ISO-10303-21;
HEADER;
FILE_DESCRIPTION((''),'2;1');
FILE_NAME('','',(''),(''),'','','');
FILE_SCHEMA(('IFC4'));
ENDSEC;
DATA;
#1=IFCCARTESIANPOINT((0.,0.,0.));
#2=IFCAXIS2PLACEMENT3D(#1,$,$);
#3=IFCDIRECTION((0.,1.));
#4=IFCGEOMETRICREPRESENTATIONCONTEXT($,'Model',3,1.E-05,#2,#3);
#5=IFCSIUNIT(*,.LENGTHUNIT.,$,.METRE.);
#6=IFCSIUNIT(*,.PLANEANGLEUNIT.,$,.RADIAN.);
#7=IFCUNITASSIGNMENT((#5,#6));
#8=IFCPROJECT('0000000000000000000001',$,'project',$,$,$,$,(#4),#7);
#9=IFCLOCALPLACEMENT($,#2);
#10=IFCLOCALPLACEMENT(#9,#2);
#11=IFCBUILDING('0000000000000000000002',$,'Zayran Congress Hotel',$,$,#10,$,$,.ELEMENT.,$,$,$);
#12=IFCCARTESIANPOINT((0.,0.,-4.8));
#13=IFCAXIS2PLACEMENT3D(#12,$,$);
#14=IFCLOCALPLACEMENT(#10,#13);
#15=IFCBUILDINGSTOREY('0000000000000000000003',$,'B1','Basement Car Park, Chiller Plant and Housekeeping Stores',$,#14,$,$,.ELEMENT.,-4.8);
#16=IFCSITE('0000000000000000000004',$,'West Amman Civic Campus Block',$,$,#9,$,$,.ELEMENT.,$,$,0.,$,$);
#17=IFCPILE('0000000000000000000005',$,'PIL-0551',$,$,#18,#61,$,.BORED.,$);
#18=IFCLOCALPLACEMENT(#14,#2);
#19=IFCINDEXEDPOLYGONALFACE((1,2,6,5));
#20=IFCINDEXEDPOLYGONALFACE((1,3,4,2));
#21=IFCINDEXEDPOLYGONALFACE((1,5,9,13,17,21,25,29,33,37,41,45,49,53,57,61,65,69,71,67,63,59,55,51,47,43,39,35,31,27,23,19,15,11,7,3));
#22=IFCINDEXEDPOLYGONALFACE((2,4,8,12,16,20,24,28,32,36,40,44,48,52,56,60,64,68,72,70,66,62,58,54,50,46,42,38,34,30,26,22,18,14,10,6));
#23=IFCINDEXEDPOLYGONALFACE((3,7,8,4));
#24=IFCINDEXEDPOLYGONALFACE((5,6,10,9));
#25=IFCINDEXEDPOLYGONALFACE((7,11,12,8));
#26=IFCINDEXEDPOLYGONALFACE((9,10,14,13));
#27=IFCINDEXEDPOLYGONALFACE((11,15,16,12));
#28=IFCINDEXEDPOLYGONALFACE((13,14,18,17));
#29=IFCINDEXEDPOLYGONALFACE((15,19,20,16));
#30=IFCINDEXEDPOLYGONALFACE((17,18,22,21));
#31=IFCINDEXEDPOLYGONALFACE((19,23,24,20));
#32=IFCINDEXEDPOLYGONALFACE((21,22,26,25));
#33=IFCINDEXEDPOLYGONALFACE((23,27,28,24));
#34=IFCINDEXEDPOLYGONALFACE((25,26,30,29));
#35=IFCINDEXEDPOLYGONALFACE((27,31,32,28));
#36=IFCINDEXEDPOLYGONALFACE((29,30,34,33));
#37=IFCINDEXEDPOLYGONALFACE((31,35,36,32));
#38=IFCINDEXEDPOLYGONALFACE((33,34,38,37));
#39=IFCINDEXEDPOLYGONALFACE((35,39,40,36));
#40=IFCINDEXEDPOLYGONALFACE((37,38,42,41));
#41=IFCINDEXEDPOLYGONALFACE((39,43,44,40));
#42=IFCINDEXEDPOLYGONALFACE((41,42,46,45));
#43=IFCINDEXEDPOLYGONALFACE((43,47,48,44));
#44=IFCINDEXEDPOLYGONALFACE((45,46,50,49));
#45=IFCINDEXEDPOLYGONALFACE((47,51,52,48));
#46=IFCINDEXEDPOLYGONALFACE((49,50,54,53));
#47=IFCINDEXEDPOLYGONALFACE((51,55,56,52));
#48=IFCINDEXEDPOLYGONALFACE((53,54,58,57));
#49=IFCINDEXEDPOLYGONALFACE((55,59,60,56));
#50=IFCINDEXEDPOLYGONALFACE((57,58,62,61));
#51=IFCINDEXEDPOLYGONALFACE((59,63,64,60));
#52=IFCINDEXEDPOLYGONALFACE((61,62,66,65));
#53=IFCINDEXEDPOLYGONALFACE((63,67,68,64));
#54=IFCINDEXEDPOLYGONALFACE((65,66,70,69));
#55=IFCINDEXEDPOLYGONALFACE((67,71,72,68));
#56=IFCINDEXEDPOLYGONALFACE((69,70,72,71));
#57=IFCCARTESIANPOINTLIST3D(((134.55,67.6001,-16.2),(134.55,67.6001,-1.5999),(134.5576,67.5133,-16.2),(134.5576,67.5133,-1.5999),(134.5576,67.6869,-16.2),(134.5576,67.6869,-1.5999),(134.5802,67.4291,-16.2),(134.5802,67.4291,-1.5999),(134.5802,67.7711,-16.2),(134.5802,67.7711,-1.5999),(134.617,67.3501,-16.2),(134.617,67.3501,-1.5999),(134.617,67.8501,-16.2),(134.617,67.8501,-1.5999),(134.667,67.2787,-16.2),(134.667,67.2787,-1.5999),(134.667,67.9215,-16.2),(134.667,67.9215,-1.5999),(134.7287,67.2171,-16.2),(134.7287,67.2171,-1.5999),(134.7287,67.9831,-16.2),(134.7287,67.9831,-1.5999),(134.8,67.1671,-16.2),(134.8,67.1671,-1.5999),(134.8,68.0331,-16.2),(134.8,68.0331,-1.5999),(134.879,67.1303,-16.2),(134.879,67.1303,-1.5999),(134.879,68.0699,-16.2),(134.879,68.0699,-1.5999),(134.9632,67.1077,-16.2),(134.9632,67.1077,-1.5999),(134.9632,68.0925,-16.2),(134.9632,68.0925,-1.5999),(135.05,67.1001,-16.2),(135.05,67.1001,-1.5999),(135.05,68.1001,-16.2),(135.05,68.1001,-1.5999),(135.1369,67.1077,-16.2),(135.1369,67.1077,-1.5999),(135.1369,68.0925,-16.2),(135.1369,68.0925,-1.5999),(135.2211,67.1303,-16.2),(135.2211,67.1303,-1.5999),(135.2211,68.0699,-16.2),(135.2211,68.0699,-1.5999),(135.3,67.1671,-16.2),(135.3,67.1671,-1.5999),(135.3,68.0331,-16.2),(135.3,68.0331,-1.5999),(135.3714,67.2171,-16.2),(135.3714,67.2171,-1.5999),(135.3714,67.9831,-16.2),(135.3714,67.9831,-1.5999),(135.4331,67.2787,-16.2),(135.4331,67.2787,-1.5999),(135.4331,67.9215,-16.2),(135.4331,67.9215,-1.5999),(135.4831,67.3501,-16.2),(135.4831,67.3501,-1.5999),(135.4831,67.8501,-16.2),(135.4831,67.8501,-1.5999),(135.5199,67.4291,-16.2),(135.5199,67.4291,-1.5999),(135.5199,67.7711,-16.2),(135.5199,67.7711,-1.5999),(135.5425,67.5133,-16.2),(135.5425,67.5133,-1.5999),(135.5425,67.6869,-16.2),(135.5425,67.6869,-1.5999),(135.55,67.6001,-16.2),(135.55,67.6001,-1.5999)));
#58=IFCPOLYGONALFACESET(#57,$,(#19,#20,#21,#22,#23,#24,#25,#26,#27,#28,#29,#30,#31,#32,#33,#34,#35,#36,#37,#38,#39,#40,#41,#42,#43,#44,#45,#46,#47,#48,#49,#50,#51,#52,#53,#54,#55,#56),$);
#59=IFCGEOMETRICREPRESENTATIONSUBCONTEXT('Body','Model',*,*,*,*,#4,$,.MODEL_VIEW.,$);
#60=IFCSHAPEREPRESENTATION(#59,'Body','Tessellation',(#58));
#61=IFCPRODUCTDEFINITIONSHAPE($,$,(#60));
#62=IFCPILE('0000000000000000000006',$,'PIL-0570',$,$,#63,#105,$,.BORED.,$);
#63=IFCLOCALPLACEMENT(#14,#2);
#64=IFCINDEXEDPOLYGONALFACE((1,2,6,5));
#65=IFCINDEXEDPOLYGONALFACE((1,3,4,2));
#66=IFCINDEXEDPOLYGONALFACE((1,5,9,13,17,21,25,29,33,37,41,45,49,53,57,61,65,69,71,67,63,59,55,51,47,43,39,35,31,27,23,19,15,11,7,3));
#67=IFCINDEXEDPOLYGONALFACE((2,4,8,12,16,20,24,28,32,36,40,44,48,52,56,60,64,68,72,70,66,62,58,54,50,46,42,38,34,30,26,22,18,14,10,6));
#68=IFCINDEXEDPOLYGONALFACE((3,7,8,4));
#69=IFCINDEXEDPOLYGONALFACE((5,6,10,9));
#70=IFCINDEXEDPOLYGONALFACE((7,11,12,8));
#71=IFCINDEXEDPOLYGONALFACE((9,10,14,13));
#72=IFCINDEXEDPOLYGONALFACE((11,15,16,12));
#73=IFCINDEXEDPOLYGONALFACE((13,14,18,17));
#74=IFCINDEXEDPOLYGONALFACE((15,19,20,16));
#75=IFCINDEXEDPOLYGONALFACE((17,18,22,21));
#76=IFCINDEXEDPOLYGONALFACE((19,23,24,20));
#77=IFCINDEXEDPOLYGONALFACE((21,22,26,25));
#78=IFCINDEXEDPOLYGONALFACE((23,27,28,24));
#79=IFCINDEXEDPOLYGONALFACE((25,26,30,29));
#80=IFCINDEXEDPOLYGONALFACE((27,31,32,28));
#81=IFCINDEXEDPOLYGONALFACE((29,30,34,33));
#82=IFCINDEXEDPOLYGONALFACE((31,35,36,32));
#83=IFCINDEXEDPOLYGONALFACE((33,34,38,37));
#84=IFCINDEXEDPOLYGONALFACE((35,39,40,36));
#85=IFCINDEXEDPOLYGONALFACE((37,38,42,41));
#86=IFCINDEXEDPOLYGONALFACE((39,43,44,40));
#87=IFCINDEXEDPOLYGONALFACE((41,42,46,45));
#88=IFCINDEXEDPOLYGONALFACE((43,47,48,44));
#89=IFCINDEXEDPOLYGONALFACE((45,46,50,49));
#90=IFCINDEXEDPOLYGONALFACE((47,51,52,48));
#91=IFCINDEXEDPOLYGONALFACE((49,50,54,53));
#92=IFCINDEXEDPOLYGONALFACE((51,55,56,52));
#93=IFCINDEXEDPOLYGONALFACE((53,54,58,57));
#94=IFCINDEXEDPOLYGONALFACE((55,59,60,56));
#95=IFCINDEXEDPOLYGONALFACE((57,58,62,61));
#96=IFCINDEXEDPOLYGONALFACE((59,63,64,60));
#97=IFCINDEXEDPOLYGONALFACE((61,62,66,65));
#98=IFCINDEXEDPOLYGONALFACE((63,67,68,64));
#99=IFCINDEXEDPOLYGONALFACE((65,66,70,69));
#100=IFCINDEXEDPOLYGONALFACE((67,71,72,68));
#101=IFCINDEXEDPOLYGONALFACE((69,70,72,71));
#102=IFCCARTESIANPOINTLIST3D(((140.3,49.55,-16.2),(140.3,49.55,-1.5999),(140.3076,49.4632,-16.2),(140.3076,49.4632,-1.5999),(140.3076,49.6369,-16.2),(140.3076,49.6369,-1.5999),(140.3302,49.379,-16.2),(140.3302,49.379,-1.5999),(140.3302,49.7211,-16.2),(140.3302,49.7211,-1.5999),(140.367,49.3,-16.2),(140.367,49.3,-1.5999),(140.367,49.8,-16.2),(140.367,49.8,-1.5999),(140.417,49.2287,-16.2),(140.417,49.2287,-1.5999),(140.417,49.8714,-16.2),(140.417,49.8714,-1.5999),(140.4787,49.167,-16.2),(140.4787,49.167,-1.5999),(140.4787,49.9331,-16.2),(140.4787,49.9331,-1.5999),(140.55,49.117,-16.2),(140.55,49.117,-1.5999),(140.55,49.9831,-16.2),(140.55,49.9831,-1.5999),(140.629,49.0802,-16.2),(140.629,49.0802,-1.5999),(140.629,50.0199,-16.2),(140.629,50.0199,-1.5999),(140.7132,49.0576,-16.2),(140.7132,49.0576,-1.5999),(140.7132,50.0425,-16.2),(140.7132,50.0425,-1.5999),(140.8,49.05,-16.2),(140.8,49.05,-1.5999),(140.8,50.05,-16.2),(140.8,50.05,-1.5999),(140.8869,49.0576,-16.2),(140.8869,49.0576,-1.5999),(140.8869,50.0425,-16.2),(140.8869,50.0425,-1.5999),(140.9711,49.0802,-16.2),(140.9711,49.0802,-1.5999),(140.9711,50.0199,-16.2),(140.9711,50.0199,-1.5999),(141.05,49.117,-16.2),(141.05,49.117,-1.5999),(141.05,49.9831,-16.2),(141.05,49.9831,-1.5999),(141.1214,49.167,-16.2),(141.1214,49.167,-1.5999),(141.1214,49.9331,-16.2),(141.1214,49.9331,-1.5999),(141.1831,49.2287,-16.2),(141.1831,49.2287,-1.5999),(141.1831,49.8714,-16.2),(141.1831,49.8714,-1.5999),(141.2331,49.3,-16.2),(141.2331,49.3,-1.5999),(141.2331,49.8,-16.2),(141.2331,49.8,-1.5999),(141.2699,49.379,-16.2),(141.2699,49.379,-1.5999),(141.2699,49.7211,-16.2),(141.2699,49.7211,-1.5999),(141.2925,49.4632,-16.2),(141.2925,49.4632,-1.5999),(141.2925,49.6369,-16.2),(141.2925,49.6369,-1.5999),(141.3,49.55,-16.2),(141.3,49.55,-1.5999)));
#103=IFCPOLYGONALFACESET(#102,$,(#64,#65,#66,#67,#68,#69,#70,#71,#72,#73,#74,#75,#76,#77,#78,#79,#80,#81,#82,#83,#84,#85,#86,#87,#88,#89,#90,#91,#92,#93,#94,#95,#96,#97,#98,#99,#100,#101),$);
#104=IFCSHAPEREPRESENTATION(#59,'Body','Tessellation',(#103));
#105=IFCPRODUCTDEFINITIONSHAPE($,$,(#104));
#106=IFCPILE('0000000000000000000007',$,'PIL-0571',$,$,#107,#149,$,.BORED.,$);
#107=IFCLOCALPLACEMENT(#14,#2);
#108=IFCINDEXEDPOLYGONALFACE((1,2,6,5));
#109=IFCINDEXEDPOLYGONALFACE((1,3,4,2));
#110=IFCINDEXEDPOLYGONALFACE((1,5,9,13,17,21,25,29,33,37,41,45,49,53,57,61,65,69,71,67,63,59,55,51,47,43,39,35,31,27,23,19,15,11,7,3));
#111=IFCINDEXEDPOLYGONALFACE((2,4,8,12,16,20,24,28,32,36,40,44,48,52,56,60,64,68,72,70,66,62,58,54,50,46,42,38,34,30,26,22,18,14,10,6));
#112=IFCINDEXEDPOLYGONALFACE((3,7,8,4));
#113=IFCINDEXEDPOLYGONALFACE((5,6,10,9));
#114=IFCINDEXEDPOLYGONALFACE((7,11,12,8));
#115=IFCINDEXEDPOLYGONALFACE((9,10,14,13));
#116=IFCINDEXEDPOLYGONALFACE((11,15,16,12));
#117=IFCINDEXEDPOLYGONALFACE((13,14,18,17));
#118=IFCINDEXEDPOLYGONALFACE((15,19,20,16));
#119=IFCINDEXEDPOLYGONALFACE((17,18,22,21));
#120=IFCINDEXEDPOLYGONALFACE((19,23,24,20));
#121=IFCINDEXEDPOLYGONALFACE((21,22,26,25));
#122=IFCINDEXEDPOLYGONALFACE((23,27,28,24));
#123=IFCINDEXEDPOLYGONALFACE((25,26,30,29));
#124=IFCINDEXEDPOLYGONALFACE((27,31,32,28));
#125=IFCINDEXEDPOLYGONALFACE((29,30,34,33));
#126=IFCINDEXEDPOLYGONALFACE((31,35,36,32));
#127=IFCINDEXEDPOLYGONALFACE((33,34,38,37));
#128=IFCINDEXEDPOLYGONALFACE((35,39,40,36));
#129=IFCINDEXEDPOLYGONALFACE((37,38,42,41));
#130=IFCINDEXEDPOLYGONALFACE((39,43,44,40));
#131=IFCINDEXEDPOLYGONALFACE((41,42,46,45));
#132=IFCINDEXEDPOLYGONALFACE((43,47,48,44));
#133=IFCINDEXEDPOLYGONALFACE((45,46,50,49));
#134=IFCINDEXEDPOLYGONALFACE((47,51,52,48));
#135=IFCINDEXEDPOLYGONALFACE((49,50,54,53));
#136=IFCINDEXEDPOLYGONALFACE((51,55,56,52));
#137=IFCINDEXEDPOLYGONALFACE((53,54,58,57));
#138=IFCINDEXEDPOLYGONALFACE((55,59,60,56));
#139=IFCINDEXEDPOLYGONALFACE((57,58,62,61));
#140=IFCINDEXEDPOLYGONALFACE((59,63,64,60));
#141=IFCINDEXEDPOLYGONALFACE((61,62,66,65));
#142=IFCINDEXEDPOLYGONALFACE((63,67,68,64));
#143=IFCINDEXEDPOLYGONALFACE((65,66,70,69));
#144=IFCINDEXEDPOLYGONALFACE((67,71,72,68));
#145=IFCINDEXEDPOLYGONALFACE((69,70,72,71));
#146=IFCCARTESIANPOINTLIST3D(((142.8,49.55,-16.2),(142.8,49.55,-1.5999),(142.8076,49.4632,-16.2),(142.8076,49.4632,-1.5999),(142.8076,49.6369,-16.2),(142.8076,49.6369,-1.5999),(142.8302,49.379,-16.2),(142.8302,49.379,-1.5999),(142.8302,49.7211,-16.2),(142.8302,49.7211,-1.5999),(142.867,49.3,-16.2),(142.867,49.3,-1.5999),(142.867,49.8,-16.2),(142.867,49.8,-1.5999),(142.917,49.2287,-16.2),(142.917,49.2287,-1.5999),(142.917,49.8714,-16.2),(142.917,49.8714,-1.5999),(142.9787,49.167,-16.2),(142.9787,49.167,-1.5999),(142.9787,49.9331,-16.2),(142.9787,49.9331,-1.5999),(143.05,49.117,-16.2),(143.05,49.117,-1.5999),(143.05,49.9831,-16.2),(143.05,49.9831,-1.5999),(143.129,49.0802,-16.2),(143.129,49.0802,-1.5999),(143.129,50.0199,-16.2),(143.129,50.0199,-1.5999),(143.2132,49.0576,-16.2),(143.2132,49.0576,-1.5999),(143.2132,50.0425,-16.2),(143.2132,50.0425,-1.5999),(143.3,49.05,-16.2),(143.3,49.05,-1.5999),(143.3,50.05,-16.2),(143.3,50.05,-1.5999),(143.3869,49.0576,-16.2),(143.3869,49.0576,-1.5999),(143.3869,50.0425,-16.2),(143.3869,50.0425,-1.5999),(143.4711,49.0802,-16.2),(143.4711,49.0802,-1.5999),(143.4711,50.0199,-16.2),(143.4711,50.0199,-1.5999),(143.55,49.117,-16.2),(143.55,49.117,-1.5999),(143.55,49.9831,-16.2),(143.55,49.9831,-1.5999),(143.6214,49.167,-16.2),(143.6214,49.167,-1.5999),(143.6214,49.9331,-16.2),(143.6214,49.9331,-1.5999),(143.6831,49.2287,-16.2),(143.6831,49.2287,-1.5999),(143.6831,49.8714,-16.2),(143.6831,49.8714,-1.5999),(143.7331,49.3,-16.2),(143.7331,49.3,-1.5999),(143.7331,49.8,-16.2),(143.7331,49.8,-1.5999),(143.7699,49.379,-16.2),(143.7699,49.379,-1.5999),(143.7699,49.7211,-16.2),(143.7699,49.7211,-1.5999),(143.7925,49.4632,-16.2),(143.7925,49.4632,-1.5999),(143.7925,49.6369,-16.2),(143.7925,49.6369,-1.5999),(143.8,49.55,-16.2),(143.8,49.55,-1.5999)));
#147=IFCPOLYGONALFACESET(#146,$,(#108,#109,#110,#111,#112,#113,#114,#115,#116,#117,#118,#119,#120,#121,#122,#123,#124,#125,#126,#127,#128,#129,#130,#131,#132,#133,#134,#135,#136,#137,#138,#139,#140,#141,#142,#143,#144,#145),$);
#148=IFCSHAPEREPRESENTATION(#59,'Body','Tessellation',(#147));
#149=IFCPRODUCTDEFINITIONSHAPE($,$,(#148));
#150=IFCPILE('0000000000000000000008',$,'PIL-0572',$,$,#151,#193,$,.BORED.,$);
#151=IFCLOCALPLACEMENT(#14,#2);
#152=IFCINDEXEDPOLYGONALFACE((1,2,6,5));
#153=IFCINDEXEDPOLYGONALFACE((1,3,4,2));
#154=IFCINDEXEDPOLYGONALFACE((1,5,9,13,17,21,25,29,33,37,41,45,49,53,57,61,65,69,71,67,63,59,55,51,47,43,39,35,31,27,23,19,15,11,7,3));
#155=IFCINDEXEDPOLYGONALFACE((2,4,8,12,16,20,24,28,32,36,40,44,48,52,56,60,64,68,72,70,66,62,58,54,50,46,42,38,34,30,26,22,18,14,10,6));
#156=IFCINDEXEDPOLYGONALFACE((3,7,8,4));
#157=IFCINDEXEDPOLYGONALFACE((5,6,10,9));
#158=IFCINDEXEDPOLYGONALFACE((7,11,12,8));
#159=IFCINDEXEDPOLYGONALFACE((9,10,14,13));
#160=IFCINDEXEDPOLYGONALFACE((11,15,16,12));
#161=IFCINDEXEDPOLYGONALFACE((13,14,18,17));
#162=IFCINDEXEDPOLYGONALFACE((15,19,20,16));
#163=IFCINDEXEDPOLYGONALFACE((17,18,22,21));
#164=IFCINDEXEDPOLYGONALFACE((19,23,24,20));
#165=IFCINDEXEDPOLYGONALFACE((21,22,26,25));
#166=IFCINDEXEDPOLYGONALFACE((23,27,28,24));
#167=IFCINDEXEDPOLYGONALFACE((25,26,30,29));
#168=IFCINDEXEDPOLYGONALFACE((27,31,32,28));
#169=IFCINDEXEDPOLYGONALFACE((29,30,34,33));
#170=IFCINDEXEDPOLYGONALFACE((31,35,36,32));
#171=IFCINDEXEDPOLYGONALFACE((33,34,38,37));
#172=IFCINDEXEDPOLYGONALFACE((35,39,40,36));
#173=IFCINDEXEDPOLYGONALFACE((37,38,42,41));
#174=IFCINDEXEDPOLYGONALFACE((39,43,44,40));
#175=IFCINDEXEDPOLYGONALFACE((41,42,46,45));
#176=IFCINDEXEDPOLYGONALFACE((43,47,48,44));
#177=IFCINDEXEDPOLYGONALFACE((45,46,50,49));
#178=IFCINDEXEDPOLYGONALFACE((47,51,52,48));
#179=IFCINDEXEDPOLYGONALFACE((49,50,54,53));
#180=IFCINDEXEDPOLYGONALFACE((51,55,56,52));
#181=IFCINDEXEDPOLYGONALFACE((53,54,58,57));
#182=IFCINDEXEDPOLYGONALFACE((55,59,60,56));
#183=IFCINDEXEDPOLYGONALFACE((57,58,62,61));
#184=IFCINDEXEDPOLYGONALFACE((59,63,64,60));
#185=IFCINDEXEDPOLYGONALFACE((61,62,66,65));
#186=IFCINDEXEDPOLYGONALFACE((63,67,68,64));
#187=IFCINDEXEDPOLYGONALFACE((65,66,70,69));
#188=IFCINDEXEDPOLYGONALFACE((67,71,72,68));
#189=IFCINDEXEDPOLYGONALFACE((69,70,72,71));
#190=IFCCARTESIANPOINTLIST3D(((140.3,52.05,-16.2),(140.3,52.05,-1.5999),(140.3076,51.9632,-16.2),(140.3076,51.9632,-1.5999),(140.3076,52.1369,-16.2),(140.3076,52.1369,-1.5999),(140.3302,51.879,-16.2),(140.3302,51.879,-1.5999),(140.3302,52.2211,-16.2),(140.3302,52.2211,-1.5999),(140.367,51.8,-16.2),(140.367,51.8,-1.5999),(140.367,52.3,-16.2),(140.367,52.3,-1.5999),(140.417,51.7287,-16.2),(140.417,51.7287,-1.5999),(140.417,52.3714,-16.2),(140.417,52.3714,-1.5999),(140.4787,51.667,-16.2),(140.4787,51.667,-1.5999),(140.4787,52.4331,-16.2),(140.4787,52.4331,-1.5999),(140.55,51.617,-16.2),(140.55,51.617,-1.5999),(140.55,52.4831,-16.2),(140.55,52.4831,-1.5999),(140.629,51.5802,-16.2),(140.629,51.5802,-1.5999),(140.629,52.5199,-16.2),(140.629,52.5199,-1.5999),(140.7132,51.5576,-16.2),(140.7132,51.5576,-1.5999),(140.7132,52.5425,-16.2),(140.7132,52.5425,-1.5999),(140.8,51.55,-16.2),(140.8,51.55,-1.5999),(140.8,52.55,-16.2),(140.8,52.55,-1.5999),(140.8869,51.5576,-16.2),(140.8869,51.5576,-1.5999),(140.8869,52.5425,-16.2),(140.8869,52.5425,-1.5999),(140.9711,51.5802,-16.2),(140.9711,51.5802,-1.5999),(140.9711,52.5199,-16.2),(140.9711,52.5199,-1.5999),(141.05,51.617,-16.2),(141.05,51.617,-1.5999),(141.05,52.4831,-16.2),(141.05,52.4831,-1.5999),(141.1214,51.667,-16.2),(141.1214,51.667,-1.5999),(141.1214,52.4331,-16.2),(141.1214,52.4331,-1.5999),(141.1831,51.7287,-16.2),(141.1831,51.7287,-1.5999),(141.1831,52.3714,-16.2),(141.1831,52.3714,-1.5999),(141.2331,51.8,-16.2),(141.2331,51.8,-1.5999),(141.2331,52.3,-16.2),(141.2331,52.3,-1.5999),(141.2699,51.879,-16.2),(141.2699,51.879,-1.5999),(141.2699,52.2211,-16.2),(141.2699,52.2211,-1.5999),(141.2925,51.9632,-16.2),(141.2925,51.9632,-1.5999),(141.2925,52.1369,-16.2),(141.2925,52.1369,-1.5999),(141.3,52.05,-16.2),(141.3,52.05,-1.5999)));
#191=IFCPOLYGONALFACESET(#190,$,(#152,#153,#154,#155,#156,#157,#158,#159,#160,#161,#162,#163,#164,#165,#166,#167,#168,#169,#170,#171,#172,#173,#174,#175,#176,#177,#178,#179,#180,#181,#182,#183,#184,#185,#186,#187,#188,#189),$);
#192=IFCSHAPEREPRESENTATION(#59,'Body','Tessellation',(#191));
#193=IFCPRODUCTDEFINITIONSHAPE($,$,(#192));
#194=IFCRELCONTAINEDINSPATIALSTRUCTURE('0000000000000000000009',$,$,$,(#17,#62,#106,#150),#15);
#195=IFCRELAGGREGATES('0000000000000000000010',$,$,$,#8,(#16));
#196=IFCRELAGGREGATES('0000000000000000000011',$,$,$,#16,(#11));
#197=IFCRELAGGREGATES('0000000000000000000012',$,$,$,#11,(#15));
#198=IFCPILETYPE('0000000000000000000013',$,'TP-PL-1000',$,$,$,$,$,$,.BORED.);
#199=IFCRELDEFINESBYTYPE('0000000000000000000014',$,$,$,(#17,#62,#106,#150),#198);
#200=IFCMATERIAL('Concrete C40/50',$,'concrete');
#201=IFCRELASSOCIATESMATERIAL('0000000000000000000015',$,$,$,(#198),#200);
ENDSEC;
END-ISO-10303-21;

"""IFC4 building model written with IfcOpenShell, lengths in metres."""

from ifc_helpers import new_model, si_unit, direction, frame, origin, origin_2d, place, context, subcontext, project, spatial, circle, extrude, material, material_profile, profile_set, type_object, element, save


model = new_model("IFC4")

# Units and contexts
model_context = context("Model", 3, precision=1e-05, world=origin(), true_north=direction((0.0, 1.0)))
body_context = subcontext(model_context, "Body", "Model", "MODEL_VIEW")
ifc_project = project(units=[si_unit("LENGTHUNIT", "METRE"), si_unit("PLANEANGLEUNIT", "RADIAN")], contexts=[model_context])

# Site, building, storey
site_placement = place(None, origin())
site = spatial("IfcSite", under=ifc_project, at=site_placement, Name="West Amman Civic Campus Block", CompositionType="ELEMENT", RefElevation=0.0)
building_placement = place(site_placement, origin())
building = spatial("IfcBuilding", under=site, at=building_placement, Name="Zayran Congress Hotel", CompositionType="ELEMENT")
storey_placement = place(building_placement, frame((0.0, 0.0, -4.8)))
storey = spatial("IfcBuildingStorey", under=building, at=storey_placement, Name="B1", Description="Basement Car Park, Chiller Plant and Housekeeping Stores", CompositionType="ELEMENT", Elevation=-4.8)

# Piles
ifc_material = material(Name="Concrete C40/50", Category="concrete")
ifc_material_profile_1 = material_profile(ifc_material, circle(Radius=0.5, at=origin_2d()), Name="PILE D1000")
ifc_profile_set_1 = profile_set([ifc_material_profile_1], Name="Concrete C40/50")
pile_type = type_object("IfcPileType", Name="TP-PL-1000", PredefinedType="BORED", material=ifc_profile_set_1)
for number, where, z_axis, x_axis, name in (
    (1, (135.05, 67.6001, -1.5999), (0.0, 0.0, -1.0), (1.0, 0.0, 0.0), "PIL-0551"),
    (2, (140.8, 49.55, -1.5999), (0.0, 0.0, -1.0), (1.0, 0.0, 0.0), "PIL-0570"),
    (3, (143.3, 49.55, -1.5999), (0.0, 0.0, -1.0), (1.0, 0.0, 0.0), "PIL-0571"),
    (4, (140.8, 52.05, -1.5999), (0.0, 0.0, -1.0), (1.0, 0.0, 0.0), "PIL-0572"),
):
    element("IfcPile", number, at=place(storey_placement, frame(where, z_axis=z_axis, x_axis=x_axis)), inside=storey, type_object=pile_type, Name=name, PredefinedType="BORED", context=body_context, shape_type="SweptSolid", body=[
        extrude(circle(Radius=0.5, at=origin_2d()), origin(), (0.0, 0.0, 1.0), 14.6001),
    ])

save(model, "model.ifc")
